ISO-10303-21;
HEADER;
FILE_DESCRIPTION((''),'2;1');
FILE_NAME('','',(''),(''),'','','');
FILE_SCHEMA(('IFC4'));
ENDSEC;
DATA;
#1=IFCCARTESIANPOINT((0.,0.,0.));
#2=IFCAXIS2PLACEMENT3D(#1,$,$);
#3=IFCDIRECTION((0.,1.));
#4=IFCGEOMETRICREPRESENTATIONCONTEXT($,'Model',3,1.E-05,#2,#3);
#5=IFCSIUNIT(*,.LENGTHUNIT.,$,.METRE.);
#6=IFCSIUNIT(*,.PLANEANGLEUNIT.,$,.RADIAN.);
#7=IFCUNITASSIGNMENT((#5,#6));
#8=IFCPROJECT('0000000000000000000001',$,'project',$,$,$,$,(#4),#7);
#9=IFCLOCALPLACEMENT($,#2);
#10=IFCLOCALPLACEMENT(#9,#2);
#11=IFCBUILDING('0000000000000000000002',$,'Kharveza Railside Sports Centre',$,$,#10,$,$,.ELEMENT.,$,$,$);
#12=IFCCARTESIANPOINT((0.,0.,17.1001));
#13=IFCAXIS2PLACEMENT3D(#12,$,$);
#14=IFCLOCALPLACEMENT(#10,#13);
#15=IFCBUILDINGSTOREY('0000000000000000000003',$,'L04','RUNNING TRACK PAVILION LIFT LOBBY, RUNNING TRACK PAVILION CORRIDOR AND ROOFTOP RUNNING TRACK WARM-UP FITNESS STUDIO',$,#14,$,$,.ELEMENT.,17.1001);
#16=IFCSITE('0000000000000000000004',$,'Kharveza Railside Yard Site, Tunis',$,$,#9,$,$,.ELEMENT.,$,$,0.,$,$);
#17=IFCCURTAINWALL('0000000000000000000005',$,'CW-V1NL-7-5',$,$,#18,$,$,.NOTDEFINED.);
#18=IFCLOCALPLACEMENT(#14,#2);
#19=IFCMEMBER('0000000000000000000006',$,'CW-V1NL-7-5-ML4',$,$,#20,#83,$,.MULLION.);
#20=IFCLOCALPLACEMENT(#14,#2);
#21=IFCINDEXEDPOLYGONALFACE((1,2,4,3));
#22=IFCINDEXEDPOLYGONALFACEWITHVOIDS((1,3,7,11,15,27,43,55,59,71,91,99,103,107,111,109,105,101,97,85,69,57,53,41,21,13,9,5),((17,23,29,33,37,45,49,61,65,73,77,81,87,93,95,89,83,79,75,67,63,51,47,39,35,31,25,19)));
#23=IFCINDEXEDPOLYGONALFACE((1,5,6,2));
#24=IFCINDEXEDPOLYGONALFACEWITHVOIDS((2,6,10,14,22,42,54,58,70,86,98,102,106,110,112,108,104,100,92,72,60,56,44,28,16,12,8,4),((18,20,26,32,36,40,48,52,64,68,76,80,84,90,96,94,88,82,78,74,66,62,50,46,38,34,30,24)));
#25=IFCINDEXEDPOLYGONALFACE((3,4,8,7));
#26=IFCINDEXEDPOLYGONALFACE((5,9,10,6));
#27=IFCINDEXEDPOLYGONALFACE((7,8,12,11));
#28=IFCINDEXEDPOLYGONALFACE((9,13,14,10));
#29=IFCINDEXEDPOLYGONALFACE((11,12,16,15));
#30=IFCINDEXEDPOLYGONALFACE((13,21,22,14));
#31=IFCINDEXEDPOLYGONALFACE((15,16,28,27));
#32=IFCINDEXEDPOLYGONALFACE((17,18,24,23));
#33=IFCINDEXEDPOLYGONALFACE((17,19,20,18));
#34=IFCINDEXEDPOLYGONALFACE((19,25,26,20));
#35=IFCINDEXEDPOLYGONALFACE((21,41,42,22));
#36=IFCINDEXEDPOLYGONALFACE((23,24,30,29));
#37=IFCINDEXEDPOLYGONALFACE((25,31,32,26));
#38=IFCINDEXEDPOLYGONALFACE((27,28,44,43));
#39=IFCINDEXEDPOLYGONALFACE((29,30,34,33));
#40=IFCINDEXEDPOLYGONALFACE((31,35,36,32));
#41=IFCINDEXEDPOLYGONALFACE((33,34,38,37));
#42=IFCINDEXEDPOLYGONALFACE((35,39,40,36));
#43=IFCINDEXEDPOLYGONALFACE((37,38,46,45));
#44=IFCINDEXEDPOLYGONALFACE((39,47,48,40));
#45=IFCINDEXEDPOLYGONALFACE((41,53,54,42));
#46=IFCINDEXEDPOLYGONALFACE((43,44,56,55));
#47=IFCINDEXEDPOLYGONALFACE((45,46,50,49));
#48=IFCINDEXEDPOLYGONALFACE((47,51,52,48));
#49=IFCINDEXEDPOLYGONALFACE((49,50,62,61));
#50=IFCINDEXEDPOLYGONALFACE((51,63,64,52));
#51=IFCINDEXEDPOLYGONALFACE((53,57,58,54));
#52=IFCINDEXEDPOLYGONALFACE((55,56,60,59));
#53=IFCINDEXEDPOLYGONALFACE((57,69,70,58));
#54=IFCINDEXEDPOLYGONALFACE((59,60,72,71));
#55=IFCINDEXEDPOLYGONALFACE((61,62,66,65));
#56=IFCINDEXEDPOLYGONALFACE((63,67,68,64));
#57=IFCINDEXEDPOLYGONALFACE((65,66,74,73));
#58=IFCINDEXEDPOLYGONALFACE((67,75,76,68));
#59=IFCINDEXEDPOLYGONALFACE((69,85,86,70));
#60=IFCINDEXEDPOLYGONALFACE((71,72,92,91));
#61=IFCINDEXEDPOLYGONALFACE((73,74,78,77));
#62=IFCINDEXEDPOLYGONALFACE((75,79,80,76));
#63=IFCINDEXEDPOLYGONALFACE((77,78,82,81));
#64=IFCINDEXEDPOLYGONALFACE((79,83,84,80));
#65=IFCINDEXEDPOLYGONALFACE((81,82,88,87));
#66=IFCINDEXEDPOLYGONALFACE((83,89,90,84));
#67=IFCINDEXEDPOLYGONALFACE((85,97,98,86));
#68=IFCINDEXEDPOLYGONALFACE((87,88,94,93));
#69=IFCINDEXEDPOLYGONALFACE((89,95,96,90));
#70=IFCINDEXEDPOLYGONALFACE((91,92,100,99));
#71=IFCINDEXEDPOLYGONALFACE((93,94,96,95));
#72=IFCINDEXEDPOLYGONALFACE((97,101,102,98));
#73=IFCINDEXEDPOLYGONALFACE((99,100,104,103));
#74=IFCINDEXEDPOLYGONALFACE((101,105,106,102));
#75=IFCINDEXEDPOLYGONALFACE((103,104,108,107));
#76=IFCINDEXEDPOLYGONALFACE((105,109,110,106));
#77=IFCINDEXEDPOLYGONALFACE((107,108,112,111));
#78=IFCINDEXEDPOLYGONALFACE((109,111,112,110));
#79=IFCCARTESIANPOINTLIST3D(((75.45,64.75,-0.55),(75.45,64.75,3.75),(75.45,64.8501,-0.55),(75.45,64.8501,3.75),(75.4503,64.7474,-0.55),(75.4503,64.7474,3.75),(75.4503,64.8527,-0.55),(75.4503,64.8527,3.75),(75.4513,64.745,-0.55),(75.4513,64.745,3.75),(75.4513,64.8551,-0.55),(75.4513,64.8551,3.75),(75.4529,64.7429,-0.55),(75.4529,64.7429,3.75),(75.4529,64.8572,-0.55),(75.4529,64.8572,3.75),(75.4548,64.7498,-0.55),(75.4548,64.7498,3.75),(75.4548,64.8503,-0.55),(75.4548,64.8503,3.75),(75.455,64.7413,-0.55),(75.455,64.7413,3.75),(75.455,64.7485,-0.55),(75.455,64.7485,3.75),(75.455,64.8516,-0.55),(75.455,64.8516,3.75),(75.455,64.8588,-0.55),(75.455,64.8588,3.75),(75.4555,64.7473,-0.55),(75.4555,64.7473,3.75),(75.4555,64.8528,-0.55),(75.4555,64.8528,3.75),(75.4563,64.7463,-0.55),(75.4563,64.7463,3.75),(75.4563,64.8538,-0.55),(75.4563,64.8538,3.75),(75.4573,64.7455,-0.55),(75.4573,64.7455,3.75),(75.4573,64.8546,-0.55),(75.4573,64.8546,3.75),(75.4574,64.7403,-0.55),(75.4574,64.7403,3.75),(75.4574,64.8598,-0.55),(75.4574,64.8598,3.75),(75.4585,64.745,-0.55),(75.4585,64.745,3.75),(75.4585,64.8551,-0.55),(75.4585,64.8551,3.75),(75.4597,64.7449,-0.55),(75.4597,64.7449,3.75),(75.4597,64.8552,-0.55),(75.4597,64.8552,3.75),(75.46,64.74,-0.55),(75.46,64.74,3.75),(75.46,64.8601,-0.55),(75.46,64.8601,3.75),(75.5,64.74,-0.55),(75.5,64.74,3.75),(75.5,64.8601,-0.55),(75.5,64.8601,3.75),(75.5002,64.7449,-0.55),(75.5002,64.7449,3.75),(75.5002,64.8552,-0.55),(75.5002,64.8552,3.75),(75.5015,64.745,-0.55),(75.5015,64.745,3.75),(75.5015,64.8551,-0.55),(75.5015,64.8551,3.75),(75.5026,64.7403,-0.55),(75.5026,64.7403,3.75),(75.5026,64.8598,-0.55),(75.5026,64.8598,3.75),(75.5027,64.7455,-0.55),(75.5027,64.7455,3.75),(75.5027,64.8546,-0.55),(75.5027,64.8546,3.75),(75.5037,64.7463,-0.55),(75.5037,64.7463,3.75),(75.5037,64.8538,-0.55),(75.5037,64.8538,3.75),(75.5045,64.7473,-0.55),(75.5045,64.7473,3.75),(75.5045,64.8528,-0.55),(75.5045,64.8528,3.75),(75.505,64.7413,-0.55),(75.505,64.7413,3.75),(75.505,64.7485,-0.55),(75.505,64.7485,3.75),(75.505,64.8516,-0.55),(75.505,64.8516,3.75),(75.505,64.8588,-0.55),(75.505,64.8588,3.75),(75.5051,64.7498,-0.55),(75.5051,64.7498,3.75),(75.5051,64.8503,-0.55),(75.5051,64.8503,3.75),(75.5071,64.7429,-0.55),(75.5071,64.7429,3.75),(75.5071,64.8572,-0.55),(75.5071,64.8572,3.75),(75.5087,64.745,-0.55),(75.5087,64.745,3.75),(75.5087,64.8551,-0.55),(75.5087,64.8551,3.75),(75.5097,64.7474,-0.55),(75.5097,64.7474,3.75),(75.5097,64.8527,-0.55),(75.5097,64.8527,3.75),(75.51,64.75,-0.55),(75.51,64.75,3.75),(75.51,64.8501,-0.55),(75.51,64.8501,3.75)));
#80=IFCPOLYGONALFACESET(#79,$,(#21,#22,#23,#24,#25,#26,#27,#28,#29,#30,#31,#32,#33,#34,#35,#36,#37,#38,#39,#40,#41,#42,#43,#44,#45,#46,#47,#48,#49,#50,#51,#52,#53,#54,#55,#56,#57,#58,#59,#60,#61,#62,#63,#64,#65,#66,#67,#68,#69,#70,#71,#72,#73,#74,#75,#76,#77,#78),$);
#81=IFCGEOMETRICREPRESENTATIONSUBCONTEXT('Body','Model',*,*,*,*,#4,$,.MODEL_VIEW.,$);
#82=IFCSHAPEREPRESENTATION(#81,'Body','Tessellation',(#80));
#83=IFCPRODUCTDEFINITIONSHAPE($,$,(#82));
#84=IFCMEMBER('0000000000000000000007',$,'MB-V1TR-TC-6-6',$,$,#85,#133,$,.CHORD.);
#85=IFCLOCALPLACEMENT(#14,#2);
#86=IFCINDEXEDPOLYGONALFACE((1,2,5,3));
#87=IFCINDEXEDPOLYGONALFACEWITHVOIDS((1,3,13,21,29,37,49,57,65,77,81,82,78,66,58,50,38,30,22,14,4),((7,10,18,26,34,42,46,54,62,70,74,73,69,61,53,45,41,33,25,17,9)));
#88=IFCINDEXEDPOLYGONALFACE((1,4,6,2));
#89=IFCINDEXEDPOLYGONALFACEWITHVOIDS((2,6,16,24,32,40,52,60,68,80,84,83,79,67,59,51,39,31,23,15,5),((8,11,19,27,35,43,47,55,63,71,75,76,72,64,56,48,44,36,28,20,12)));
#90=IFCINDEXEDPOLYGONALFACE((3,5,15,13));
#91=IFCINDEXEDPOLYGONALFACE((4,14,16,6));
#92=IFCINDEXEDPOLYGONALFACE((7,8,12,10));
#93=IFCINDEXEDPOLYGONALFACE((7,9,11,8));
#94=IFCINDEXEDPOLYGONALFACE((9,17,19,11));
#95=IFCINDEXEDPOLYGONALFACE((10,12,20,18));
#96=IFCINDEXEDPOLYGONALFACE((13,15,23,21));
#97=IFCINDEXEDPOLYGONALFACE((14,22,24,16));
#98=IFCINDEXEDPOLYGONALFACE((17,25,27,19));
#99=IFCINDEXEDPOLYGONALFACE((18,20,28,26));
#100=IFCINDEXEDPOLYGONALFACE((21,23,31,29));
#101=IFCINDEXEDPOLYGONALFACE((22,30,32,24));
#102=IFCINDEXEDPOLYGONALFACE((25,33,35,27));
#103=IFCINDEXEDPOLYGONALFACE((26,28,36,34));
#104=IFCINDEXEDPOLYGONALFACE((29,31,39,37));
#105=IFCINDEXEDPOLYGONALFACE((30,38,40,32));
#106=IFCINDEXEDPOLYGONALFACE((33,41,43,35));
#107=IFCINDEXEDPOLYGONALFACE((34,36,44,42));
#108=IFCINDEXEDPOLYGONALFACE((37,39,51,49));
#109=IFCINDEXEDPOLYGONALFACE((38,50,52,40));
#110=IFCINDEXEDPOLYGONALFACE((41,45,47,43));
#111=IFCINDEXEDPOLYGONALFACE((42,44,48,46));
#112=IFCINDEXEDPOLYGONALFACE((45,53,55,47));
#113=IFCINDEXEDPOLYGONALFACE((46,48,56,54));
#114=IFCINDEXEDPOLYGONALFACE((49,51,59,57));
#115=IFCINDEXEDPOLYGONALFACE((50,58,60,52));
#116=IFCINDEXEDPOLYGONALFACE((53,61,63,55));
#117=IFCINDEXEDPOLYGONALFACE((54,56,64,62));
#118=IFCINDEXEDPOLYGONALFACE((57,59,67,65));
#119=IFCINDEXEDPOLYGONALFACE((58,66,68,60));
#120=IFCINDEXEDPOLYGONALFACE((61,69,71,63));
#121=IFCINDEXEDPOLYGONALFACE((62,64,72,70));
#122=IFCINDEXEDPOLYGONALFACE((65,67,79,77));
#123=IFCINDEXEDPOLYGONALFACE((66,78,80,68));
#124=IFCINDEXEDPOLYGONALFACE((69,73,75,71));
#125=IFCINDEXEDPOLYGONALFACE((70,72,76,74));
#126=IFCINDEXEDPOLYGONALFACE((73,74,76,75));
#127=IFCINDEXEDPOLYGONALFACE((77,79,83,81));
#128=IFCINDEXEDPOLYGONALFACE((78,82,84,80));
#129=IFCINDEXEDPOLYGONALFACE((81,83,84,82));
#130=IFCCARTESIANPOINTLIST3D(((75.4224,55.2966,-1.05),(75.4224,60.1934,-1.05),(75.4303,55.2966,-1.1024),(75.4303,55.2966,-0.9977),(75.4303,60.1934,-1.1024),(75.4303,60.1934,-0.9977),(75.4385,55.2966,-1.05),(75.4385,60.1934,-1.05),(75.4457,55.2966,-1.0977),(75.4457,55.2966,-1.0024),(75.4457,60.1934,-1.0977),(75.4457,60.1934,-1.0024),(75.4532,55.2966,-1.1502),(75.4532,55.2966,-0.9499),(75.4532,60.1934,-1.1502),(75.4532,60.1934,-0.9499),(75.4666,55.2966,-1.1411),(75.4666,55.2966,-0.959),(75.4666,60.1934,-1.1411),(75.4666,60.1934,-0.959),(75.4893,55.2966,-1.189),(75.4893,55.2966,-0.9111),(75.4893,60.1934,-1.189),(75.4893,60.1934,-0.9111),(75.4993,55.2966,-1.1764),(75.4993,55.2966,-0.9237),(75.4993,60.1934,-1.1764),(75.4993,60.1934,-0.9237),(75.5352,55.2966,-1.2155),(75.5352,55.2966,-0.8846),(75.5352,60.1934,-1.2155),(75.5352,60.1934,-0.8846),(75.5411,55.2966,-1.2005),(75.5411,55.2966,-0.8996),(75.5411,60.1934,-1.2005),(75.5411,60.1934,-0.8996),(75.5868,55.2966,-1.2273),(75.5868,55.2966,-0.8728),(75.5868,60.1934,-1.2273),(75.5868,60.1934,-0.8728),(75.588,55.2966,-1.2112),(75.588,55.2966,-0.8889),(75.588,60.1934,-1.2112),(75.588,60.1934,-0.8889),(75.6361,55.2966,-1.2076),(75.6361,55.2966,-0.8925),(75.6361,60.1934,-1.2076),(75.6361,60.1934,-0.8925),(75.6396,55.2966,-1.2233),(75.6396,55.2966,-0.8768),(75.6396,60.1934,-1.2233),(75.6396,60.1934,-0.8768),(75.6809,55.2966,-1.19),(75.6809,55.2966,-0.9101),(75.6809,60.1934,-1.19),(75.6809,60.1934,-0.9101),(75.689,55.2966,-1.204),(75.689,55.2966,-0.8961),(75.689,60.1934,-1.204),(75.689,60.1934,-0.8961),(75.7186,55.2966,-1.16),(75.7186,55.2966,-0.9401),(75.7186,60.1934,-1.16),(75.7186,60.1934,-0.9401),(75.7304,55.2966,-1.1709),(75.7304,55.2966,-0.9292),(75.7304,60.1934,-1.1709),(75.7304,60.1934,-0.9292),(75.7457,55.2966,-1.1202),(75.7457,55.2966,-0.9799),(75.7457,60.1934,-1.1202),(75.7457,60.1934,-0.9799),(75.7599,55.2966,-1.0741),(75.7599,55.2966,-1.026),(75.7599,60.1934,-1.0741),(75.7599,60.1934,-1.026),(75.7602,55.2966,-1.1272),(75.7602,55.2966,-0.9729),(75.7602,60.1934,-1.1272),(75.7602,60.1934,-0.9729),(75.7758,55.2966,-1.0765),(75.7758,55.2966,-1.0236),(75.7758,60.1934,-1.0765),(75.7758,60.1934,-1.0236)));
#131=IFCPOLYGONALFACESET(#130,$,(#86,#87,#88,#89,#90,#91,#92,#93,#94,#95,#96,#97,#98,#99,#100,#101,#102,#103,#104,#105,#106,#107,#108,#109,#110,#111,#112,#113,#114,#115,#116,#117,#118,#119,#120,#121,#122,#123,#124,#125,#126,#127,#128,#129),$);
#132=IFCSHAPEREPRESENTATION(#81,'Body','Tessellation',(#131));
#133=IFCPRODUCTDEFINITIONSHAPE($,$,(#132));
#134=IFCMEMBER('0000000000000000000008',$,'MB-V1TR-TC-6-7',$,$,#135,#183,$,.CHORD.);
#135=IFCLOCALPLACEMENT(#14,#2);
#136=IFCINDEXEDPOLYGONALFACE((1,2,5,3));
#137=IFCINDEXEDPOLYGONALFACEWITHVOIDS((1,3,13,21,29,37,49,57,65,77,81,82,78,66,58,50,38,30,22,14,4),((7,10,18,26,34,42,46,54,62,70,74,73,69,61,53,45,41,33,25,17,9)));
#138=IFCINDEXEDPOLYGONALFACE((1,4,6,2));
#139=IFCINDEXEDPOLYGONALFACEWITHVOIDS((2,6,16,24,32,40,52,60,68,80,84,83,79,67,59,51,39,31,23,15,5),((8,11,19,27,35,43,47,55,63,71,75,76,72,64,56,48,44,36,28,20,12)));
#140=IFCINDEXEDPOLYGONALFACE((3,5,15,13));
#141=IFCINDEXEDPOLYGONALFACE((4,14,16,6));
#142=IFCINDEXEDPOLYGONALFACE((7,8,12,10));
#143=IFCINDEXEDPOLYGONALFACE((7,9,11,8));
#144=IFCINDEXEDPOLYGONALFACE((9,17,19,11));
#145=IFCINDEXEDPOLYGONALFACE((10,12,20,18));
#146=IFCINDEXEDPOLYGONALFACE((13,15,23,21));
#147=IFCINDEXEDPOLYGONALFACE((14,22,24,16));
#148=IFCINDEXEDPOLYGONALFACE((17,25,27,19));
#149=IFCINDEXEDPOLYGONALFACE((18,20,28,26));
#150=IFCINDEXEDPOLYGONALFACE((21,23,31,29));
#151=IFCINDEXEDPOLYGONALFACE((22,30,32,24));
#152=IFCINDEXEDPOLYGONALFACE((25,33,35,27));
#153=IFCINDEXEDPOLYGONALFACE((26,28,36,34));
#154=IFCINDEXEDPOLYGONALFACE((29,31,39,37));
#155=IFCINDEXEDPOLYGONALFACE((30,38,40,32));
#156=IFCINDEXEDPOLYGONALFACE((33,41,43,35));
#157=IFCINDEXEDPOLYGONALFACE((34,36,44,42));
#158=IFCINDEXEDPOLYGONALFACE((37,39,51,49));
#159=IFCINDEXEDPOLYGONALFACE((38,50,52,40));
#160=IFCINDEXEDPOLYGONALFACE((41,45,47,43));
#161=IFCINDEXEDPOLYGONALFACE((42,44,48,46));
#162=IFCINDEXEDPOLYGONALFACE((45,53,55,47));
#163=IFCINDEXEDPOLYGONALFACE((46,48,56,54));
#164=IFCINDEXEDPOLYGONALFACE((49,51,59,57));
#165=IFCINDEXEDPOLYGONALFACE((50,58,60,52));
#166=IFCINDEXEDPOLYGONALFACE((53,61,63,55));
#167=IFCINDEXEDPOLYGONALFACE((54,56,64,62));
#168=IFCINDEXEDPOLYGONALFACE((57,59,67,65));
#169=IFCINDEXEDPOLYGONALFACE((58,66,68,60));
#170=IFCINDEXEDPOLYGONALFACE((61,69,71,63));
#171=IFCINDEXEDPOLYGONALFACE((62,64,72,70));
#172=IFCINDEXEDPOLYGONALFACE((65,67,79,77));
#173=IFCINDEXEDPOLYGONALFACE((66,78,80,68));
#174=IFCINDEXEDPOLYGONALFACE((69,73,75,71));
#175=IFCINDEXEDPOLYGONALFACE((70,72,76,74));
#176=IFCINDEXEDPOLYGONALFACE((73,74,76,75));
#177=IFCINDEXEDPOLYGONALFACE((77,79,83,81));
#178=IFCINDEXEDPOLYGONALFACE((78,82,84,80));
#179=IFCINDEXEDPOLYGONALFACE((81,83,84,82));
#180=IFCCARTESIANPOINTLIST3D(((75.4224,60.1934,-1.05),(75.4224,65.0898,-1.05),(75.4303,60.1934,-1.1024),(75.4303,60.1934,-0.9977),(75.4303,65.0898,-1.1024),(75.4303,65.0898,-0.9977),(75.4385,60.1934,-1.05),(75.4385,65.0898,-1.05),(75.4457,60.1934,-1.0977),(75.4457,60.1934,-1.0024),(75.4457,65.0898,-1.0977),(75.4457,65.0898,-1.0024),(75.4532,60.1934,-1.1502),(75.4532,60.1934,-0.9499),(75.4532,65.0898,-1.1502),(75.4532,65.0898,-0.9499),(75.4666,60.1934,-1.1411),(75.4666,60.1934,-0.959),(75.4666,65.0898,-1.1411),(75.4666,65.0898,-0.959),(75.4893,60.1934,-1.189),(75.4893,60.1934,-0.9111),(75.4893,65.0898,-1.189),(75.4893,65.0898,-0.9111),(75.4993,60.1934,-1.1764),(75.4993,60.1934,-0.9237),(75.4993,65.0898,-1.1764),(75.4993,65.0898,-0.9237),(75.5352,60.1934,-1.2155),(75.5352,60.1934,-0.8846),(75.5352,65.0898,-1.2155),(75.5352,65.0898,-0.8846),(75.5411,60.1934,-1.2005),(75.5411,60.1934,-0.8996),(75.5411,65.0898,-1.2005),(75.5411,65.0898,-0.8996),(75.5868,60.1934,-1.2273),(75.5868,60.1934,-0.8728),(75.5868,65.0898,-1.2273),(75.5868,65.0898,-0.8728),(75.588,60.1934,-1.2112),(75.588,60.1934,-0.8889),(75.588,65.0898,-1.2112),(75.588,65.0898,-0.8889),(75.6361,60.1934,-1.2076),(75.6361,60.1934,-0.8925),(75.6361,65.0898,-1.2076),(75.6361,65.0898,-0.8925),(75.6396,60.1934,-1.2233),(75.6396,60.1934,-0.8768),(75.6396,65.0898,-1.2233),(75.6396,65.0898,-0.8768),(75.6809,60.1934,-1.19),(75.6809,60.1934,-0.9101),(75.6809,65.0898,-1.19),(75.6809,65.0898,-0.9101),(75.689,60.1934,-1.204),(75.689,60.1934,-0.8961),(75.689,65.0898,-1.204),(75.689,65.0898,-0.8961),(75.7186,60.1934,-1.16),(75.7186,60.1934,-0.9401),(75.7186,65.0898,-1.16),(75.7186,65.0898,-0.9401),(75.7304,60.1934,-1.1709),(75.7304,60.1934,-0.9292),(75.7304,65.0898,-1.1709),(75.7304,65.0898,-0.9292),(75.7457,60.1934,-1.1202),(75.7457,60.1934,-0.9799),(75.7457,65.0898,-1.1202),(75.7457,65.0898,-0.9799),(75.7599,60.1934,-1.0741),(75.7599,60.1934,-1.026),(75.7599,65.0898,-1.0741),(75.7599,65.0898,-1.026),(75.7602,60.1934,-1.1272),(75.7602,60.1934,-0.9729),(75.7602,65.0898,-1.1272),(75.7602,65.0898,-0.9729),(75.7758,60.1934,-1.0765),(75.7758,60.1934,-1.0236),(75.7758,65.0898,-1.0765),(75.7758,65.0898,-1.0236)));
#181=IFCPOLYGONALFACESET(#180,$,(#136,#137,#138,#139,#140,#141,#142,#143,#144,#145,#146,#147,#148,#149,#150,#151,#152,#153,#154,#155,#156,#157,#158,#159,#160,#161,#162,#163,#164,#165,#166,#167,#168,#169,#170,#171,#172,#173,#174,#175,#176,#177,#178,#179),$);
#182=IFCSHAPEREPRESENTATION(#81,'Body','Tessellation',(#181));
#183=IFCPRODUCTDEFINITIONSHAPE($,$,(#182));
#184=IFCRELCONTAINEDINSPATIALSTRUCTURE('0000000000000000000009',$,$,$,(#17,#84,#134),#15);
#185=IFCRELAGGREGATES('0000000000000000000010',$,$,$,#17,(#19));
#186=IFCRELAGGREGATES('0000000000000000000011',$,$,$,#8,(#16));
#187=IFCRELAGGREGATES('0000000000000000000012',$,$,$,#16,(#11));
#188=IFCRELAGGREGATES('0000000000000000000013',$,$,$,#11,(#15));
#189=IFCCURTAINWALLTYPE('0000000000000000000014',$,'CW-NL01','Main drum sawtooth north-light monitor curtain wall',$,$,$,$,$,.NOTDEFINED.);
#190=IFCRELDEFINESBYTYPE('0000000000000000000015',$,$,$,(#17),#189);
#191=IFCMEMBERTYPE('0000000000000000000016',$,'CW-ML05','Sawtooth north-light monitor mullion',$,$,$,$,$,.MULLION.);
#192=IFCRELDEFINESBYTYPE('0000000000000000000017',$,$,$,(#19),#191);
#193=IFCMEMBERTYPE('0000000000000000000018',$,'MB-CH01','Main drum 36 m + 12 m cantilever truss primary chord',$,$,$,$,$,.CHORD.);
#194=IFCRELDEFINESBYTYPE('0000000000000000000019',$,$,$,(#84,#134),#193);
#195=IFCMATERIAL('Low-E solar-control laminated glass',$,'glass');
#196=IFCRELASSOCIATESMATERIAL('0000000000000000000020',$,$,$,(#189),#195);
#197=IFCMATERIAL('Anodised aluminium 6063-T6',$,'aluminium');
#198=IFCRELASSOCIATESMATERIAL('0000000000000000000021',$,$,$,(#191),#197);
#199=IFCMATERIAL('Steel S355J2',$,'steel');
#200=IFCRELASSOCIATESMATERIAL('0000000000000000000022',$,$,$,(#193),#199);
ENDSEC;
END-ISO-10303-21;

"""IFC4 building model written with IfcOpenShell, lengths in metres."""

from ifc_helpers import new_model, si_unit, direction, frame, origin, origin_2d, place, context, subcontext, project, spatial, hollow_rectangle, hollow_circle, extrude, material, material_profile, profile_set, type_object, element, aggregate, save


model = new_model("IFC4")

# Units and contexts
model_context = context("Model", 3, precision=1e-05, world=origin(), true_north=direction((0.0, 1.0)))
body_context = subcontext(model_context, "Body", "Model", "MODEL_VIEW")
ifc_project = project(units=[si_unit("LENGTHUNIT", "METRE"), si_unit("PLANEANGLEUNIT", "RADIAN")], contexts=[model_context])

# Site, building, storey
site_placement = place(None, origin())
site = spatial("IfcSite", under=ifc_project, at=site_placement, Name="Kharveza Railside Yard Site, Tunis", CompositionType="ELEMENT", RefElevation=0.0)
building_placement = place(site_placement, origin())
building = spatial("IfcBuilding", under=site, at=building_placement, Name="Kharveza Railside Sports Centre", CompositionType="ELEMENT")
storey_placement = place(building_placement, frame((0.0, 0.0, 17.1001)))
storey = spatial("IfcBuildingStorey", under=building, at=storey_placement, Name="L04", Description="RUNNING TRACK PAVILION LIFT LOBBY, RUNNING TRACK PAVILION CORRIDOR AND ROOFTOP RUNNING TRACK WARM-UP FITNESS STUDIO", CompositionType="ELEMENT", Elevation=17.1001)

# Shared definitions
ifc_material_1 = material(Name="Low-E solar-control laminated glass", Category="glass")
curtain_wall_type = type_object("IfcCurtainWallType", Name="CW-NL01", Description="Main drum sawtooth north-light monitor curtain wall", PredefinedType="NOTDEFINED", material=ifc_material_1)
ifc_material_2 = material(Name="Anodised aluminium 6063-T6", Category="aluminium")
ifc_material_profile_1 = material_profile(ifc_material_2, hollow_rectangle(XDim=0.0601, YDim=0.1201, WallThickness=0.0049, InnerFilletRadius=0.0049, OuterFilletRadius=0.01, at=origin_2d()), Name="RHS 60x120x5.0")
ifc_profile_set_1 = profile_set([ifc_material_profile_1], Name="Anodised aluminium 6063-T6")
member_type_1 = type_object("IfcMemberType", Name="CW-ML05", Description="Sawtooth north-light monitor mullion", PredefinedType="MULLION", material=ifc_profile_set_1)

# Curtain wall, member
curtain_wall_1_placement = place(storey_placement, origin())
curtain_wall_1 = element("IfcCurtainWall", 1, at=curtain_wall_1_placement, inside=storey, type_object=curtain_wall_type, Name="CW-V1NL-7-5", PredefinedType="NOTDEFINED")
member_1_placement = place(storey_placement, frame((75.48, 64.8, -0.55), z_axis=(0.0, 0.0, 1.0), x_axis=(1.0, 0.0, 0.0)))
member_1 = element("IfcMember", 2, at=member_1_placement, type_object=member_type_1, Name="CW-V1NL-7-5-ML4", PredefinedType="MULLION", context=body_context, shape_type="SweptSolid", body=[
    extrude(hollow_rectangle(XDim=0.0601, YDim=0.1201, WallThickness=0.0049, InnerFilletRadius=0.0049, OuterFilletRadius=0.01, at=origin_2d()), origin(), (0.0, 0.0, 1.0), 4.3),
])

# Members
ifc_material_3 = material(Name="Steel S355J2", Category="steel")
ifc_material_profile_2 = material_profile(ifc_material_3, hollow_circle(Radius=0.1777, WallThickness=0.0161, at=origin_2d()), Name="CHS 355.6x16.0")
ifc_profile_set_2 = profile_set([ifc_material_profile_2], Name="Steel S355J2")
member_type_2 = type_object("IfcMemberType", Name="MB-CH01", Description="Main drum 36 m + 12 m cantilever truss primary chord", PredefinedType="CHORD", material=ifc_profile_set_2)
member_2_placement = place(storey_placement, frame((75.6001, 55.2966, -1.05), z_axis=(0.0, 1.0, 0.0), x_axis=(-1.0, 0.0, 0.0)))
element("IfcMember", 3, at=member_2_placement, inside=storey, type_object=member_type_2, Name="MB-V1TR-TC-6-6", PredefinedType="CHORD", context=body_context, shape_type="SweptSolid", body=[
    extrude(hollow_circle(Radius=0.1777, WallThickness=0.0161, at=origin_2d()), origin(), (0.0, 0.0, 1.0), 4.8967),
])
member_3_placement = place(storey_placement, frame((75.6001, 60.1934, -1.05), z_axis=(0.0, 1.0, 0.0), x_axis=(-1.0, 0.0, 0.0)))
element("IfcMember", 4, at=member_3_placement, inside=storey, type_object=member_type_2, Name="MB-V1TR-TC-6-7", PredefinedType="CHORD", context=body_context, shape_type="SweptSolid", body=[
    extrude(hollow_circle(Radius=0.1777, WallThickness=0.0161, at=origin_2d()), origin(), (0.0, 0.0, 1.0), 4.8965),
])

aggregate(curtain_wall_1, [member_1])

save(model, "model.ifc")
